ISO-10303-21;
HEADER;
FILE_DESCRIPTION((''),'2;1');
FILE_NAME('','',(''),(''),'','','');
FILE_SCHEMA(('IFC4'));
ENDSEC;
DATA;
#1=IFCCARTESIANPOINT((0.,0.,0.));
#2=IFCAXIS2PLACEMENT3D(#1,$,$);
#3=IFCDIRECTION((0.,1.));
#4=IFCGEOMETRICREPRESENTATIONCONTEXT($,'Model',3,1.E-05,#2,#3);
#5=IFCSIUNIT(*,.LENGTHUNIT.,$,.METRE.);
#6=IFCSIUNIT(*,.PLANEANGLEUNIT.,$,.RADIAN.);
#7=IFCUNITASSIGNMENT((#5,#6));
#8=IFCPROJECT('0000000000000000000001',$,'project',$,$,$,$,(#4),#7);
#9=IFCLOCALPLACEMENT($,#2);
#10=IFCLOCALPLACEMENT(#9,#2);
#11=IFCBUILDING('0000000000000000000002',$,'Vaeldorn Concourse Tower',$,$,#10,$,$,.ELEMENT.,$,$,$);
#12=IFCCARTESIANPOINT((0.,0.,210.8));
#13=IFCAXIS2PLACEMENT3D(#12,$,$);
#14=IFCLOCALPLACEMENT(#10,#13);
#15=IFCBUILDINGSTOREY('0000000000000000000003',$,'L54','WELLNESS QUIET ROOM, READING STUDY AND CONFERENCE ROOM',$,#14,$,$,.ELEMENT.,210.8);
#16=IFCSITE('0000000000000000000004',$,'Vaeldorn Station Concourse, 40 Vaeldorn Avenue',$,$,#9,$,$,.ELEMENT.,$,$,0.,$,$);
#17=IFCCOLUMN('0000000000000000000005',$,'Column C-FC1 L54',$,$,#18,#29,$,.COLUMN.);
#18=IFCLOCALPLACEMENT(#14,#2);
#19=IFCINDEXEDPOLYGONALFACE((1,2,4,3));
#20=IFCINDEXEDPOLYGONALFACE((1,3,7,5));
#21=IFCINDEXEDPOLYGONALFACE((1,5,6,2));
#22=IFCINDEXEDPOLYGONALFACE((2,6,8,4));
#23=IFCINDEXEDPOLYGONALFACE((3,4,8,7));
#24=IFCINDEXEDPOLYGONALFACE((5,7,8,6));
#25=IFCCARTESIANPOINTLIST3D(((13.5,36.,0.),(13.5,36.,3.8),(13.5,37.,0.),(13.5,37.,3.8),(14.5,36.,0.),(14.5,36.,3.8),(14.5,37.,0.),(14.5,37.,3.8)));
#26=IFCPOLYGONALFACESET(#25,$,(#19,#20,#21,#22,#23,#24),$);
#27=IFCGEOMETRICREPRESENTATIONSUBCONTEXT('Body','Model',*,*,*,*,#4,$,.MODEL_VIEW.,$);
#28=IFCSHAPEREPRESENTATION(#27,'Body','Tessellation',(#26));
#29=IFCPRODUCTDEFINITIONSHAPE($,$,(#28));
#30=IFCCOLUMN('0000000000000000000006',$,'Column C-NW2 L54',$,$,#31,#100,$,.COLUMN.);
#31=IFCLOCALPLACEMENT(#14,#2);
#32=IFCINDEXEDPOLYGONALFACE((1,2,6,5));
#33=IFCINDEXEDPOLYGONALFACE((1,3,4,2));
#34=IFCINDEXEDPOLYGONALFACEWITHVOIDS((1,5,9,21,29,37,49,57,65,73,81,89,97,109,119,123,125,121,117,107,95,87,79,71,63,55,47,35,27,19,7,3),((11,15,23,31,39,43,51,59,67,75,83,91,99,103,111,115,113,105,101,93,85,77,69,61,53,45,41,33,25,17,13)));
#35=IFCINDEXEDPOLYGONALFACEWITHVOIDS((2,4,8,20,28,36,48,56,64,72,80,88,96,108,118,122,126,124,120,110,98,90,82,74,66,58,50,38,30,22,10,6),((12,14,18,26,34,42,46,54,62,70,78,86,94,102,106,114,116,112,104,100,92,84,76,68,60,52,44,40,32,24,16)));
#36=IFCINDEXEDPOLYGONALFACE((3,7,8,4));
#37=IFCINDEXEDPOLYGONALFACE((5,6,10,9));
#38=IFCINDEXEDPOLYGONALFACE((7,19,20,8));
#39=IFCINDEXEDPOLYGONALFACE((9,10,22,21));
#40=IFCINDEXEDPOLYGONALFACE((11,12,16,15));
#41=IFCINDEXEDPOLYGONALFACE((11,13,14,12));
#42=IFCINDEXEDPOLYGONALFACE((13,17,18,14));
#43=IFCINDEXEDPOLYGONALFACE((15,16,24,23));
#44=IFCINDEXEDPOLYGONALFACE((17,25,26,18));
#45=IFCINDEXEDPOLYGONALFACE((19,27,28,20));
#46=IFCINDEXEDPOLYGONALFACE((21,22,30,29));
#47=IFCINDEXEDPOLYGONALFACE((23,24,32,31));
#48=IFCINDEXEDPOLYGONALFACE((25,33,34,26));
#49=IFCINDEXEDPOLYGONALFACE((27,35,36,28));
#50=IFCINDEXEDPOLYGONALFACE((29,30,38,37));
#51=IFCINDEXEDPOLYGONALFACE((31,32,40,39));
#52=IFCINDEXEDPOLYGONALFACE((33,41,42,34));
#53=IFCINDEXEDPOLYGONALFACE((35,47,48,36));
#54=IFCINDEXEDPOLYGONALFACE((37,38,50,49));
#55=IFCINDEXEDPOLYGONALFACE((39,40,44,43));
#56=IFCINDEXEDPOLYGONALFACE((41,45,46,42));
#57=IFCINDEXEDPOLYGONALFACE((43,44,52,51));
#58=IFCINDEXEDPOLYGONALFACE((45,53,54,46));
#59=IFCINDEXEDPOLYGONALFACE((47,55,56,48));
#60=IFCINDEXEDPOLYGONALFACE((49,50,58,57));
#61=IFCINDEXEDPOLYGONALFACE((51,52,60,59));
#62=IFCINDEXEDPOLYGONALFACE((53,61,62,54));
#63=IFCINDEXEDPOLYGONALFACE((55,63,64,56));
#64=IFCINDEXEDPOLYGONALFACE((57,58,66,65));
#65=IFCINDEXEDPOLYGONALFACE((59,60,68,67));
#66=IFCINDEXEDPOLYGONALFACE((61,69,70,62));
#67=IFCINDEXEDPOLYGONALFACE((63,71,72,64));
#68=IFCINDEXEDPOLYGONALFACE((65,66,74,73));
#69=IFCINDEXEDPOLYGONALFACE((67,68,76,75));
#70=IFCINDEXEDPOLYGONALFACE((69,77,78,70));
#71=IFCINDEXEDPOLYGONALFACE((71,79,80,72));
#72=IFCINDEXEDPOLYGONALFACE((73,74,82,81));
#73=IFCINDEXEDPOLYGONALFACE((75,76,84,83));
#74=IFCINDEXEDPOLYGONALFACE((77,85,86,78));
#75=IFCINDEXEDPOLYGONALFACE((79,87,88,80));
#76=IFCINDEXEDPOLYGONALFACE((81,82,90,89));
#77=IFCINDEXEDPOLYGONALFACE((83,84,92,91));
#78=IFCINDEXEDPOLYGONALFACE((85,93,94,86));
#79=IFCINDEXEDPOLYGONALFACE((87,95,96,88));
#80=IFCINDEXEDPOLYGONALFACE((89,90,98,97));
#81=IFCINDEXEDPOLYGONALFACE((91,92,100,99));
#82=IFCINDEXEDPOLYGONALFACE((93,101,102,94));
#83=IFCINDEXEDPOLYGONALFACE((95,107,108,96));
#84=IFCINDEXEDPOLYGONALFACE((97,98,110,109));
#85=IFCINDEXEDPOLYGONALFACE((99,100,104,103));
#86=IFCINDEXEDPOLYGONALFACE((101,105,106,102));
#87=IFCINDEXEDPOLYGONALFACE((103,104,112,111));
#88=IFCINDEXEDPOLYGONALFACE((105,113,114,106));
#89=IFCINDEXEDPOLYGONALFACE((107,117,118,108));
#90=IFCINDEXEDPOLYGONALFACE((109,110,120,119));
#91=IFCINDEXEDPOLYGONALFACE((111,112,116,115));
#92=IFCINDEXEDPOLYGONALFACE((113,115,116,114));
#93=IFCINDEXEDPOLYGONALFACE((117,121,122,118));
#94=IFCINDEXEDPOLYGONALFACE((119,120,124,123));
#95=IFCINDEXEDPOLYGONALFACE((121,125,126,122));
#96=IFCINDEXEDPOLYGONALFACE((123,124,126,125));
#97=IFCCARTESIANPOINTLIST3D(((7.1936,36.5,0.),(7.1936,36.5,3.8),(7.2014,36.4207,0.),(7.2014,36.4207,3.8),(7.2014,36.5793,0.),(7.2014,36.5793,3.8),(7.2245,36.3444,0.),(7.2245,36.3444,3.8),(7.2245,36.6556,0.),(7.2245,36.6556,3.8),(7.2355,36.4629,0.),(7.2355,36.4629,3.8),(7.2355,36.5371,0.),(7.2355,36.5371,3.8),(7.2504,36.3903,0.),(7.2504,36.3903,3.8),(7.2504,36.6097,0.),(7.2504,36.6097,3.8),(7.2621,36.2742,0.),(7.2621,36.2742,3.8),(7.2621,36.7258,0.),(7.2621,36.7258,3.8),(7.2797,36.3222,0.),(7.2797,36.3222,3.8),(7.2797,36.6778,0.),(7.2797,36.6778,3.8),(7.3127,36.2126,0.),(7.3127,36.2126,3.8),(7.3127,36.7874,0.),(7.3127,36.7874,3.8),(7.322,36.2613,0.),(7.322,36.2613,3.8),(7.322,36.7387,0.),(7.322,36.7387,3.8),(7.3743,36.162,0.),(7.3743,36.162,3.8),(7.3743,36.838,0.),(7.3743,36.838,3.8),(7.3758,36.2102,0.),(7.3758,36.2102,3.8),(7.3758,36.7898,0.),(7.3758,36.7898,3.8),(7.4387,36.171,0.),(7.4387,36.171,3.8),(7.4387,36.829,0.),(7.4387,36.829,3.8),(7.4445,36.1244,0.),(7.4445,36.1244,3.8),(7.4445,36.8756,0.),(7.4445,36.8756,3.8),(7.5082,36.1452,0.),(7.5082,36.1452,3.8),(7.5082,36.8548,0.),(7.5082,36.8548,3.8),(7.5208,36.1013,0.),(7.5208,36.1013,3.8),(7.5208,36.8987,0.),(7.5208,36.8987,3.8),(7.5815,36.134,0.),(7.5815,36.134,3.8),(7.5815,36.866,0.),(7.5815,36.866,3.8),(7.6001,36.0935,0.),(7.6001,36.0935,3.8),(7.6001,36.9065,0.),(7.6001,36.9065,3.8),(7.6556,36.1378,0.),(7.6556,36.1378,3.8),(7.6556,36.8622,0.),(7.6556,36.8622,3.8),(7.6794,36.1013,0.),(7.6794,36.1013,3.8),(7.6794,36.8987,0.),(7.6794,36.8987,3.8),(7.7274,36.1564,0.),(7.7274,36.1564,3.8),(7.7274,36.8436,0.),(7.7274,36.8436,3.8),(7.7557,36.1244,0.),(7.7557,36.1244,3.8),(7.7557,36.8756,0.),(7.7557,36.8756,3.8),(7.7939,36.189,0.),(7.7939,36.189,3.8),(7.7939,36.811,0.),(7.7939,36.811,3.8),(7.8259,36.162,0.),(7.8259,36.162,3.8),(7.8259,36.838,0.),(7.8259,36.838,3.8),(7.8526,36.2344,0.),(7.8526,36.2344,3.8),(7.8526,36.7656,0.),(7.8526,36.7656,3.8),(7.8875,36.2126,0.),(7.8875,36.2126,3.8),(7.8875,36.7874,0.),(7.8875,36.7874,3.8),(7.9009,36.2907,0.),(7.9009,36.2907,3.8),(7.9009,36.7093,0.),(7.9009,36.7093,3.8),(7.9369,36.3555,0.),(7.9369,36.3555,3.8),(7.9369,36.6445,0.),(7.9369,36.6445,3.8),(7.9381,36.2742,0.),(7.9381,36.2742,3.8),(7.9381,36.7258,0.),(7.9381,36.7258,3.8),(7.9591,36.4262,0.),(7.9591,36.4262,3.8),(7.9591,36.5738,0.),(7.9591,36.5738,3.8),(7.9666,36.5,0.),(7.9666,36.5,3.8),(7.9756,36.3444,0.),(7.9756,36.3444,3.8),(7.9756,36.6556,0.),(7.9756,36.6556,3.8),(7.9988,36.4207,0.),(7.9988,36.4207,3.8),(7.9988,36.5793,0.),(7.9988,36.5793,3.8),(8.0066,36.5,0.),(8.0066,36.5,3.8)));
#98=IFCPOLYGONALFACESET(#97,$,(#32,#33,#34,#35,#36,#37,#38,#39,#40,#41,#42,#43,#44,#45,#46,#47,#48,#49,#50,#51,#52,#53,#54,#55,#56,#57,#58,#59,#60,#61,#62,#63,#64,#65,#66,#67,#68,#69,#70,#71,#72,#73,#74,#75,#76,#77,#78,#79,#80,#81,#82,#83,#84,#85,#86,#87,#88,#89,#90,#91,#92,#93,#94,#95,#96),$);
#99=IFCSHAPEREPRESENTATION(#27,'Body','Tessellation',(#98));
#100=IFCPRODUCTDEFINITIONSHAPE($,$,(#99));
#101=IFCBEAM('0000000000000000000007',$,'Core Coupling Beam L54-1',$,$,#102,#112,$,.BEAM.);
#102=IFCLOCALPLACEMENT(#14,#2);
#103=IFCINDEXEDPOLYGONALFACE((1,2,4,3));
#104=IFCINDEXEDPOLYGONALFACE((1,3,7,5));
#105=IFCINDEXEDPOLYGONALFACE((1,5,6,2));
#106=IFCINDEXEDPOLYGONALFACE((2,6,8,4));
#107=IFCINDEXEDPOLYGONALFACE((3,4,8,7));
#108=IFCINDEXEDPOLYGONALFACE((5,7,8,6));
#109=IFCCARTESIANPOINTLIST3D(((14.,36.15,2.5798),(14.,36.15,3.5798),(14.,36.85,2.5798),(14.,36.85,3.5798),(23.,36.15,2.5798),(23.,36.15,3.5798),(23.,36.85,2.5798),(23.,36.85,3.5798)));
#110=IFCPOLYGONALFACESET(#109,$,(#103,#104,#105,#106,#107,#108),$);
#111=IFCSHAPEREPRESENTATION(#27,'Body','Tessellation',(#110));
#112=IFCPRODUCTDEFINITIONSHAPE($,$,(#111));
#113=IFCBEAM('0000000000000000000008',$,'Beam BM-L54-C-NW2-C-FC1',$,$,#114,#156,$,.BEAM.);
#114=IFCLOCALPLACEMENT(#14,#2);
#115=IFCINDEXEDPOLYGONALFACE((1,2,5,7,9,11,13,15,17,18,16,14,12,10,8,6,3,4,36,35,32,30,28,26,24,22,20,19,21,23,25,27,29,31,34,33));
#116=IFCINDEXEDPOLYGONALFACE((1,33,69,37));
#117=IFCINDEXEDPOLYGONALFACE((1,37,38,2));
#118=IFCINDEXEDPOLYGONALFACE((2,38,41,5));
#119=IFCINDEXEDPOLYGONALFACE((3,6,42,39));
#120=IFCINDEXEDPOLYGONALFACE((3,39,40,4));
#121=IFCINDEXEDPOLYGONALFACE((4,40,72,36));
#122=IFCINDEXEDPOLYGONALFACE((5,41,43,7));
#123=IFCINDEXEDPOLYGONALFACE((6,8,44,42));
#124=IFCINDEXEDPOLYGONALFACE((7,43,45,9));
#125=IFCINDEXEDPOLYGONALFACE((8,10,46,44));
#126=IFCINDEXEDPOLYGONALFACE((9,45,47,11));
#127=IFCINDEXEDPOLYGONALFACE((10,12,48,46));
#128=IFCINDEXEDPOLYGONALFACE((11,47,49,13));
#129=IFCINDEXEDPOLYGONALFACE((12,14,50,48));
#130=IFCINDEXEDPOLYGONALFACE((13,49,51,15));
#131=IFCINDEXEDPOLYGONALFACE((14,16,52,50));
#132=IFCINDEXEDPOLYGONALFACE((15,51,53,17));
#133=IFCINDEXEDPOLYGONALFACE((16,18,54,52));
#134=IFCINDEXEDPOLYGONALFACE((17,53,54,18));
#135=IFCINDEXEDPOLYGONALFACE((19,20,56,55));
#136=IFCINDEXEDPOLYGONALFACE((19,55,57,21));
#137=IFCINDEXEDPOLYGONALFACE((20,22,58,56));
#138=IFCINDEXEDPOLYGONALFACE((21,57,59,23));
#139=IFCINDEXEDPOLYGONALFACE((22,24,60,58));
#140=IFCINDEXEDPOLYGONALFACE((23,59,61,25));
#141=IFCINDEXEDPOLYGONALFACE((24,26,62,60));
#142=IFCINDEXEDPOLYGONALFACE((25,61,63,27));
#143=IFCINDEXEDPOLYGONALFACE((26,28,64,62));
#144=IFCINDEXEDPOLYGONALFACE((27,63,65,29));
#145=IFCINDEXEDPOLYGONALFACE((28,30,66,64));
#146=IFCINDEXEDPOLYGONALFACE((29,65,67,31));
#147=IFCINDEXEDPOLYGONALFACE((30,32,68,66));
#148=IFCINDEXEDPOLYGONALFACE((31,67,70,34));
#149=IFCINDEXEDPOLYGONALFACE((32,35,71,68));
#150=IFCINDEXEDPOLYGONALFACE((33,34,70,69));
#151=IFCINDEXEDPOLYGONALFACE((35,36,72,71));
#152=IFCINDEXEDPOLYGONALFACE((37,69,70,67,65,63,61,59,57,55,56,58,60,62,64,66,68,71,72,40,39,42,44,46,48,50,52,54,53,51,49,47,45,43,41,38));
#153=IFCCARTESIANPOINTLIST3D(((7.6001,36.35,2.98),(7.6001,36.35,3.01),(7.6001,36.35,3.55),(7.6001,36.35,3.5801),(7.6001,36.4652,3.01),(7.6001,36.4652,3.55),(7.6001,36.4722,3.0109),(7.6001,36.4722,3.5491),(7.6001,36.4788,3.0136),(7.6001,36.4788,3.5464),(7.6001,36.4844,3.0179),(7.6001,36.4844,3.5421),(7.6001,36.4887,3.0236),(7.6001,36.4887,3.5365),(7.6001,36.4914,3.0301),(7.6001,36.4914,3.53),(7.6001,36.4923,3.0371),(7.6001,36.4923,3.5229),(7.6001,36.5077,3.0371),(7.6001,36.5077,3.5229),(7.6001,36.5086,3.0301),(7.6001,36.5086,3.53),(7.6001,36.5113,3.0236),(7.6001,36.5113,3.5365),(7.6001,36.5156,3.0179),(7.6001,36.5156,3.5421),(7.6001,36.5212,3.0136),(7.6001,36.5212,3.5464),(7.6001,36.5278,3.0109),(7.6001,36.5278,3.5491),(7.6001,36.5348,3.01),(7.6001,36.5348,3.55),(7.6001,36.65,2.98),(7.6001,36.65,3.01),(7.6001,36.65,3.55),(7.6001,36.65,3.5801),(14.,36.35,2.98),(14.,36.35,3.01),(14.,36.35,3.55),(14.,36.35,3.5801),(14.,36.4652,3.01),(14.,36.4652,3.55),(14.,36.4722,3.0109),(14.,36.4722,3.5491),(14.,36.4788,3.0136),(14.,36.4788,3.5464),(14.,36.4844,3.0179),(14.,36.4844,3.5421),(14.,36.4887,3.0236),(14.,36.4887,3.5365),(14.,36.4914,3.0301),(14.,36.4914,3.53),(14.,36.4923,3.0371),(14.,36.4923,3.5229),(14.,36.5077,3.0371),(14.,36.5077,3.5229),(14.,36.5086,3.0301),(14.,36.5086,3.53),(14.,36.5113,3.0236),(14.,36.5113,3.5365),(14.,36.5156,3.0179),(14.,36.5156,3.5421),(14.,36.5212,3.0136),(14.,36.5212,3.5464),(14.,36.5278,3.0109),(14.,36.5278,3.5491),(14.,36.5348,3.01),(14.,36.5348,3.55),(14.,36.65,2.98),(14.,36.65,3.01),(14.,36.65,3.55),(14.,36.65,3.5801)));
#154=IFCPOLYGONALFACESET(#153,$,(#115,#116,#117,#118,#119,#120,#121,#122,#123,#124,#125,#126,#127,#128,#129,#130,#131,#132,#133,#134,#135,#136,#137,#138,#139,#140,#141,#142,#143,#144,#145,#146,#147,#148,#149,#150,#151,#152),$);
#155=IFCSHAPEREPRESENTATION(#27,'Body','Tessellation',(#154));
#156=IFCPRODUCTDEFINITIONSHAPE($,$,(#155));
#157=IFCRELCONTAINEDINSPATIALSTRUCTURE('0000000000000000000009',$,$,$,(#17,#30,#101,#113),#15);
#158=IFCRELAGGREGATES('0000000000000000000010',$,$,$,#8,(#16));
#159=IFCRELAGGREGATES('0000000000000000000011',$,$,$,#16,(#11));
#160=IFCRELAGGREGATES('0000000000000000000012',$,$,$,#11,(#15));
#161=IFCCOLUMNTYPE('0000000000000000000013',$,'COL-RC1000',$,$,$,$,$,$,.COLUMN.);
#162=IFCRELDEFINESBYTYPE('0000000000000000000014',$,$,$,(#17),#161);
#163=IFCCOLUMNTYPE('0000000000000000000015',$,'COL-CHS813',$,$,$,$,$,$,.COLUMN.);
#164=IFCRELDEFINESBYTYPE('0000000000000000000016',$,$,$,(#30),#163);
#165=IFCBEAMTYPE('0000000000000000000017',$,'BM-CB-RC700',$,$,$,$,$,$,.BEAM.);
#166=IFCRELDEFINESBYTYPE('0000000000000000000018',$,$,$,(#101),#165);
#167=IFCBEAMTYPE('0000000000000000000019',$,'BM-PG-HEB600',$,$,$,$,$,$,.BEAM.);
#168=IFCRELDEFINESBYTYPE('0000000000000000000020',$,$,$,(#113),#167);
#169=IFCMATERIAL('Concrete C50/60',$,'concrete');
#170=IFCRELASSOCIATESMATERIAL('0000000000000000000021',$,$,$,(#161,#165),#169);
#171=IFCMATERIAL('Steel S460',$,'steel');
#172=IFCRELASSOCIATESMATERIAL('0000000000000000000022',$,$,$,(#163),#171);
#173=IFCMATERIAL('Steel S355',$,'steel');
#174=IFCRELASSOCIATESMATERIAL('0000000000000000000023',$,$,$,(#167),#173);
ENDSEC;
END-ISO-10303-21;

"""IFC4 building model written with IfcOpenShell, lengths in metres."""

from ifc_helpers import new_model, si_unit, direction, frame, origin, origin_2d, place, context, subcontext, project, spatial, rectangle, hollow_circle, i_section, extrude, source, transform, mapped, material, material_profile, profile_set, type_object, element, save


model = new_model("IFC4")

# Units and contexts
model_context = context("Model", 3, precision=1e-05, world=origin(), true_north=direction((0.0, 1.0)))
body_context = subcontext(model_context, "Body", "Model", "MODEL_VIEW")
ifc_project = project(units=[si_unit("LENGTHUNIT", "METRE"), si_unit("PLANEANGLEUNIT", "RADIAN")], contexts=[model_context])

# Site, building, storey
site_placement = place(None, origin())
site = spatial("IfcSite", under=ifc_project, at=site_placement, Name="Vaeldorn Station Concourse, 40 Vaeldorn Avenue", CompositionType="ELEMENT", RefElevation=0.0)
building_placement = place(site_placement, origin())
building = spatial("IfcBuilding", under=site, at=building_placement, Name="Vaeldorn Concourse Tower", CompositionType="ELEMENT")
storey_placement = place(building_placement, frame((0.0, 0.0, 210.8)))
storey = spatial("IfcBuildingStorey", under=building, at=storey_placement, Name="L54", Description="WELLNESS QUIET ROOM, READING STUDY AND CONFERENCE ROOM", CompositionType="ELEMENT", Elevation=210.8)

# Columns
ifc_material_1 = material(Name="Concrete C50/60", Category="concrete")
ifc_material_profile_1 = material_profile(ifc_material_1, rectangle(XDim=1.0, YDim=1.0, at=origin_2d()), Name="RC 1000x1000")
ifc_profile_set_1 = profile_set([ifc_material_profile_1], Name="Concrete C50/60")
column_type_1 = type_object("IfcColumnType", Name="COL-RC1000", PredefinedType="COLUMN", material=ifc_profile_set_1)
shared_shape_1 = source(origin(), body_context, "Body", "SweptSolid", [
    extrude(rectangle(XDim=1.0, YDim=1.0, at=origin_2d()), origin(), (0.0, 0.0, 1.0), 3.8),
])
column_1_placement = place(storey_placement, frame((14.0, 36.5, 0.0), z_axis=(0.0, 0.0, 1.0), x_axis=(1.0, 0.0, 0.0)))
element("IfcColumn", 1, at=column_1_placement, inside=storey, type_object=column_type_1, Name="Column C-FC1 L54", PredefinedType="COLUMN", context=body_context, shape_type="MappedRepresentation", body=[
    mapped(shared_shape_1, transform((0.0, 0.0, 0.0), scale=1.0)),
])
ifc_material_2 = material(Name="Steel S460", Category="steel")
ifc_material_profile_2 = material_profile(ifc_material_2, hollow_circle(Radius=0.4065, WallThickness=0.04, at=origin_2d()), Name="CHS 813x40")
ifc_profile_set_2 = profile_set([ifc_material_profile_2], Name="Steel S460")
column_type_2 = type_object("IfcColumnType", Name="COL-CHS813", PredefinedType="COLUMN", material=ifc_profile_set_2)
shared_shape_2 = source(origin(), body_context, "Body", "SweptSolid", [
    extrude(hollow_circle(Radius=0.4065, WallThickness=0.04, at=origin_2d()), origin(), (0.0, 0.0, 1.0), 3.8),
])
column_2_placement = place(storey_placement, frame((7.6001, 36.5, 0.0), z_axis=(0.0, 0.0, 1.0), x_axis=(1.0, 0.0, 0.0)))
element("IfcColumn", 2, at=column_2_placement, inside=storey, type_object=column_type_2, Name="Column C-NW2 L54", PredefinedType="COLUMN", context=body_context, shape_type="MappedRepresentation", body=[
    mapped(shared_shape_2, transform((0.0, 0.0, 0.0), scale=1.0)),
])

# Beams
ifc_material_profile_3 = material_profile(ifc_material_1, rectangle(XDim=0.7, YDim=1.0, at=origin_2d()), Name="RC 700x1000")
ifc_profile_set_3 = profile_set([ifc_material_profile_3], Name="Concrete C50/60")
beam_type_1 = type_object("IfcBeamType", Name="BM-CB-RC700", PredefinedType="BEAM", material=ifc_profile_set_3)
shared_shape_3 = source(origin(), body_context, "Body", "SweptSolid", [
    extrude(rectangle(XDim=0.7, YDim=1.0, at=origin_2d()), origin(), (0.0, 0.0, 1.0), 9.0),
])
beam_1_placement = place(storey_placement, frame((14.0, 36.5, 3.0798), z_axis=(1.0, 0.0, 0.0), x_axis=(0.0, 1.0, 0.0)))
element("IfcBeam", 3, at=beam_1_placement, inside=storey, type_object=beam_type_1, Name="Core Coupling Beam L54-1", PredefinedType="BEAM", context=body_context, shape_type="MappedRepresentation", body=[
    mapped(shared_shape_3, transform((0.0, 0.0, 0.0), scale=1.0)),
])
ifc_material_3 = material(Name="Steel S355", Category="steel")
ifc_material_profile_4 = material_profile(ifc_material_3, i_section(OverallWidth=0.3, OverallDepth=0.6001, WebThickness=0.0154, FlangeThickness=0.03, FilletRadius=0.0271, at=origin_2d()), Name="HEB 600")
ifc_profile_set_4 = profile_set([ifc_material_profile_4], Name="Steel S355")
beam_type_2 = type_object("IfcBeamType", Name="BM-PG-HEB600", PredefinedType="BEAM", material=ifc_profile_set_4)
shared_shape_4 = source(origin(), body_context, "Body", "SweptSolid", [
    extrude(i_section(OverallWidth=0.3, OverallDepth=0.6001, WebThickness=0.0154, FlangeThickness=0.03, FilletRadius=0.0271, at=origin_2d()), origin(), (0.0, 0.0, 1.0), 6.3999),
])
beam_2_placement = place(storey_placement, frame((7.6001, 36.5, 3.28), z_axis=(1.0, 0.0, 0.0), x_axis=(0.0, 1.0, 0.0)))
element("IfcBeam", 4, at=beam_2_placement, inside=storey, type_object=beam_type_2, Name="Beam BM-L54-C-NW2-C-FC1", PredefinedType="BEAM", context=body_context, shape_type="MappedRepresentation", body=[
    mapped(shared_shape_4, transform((0.0, 0.0, 0.0), scale=1.0)),
])

save(model, "model.ifc")
